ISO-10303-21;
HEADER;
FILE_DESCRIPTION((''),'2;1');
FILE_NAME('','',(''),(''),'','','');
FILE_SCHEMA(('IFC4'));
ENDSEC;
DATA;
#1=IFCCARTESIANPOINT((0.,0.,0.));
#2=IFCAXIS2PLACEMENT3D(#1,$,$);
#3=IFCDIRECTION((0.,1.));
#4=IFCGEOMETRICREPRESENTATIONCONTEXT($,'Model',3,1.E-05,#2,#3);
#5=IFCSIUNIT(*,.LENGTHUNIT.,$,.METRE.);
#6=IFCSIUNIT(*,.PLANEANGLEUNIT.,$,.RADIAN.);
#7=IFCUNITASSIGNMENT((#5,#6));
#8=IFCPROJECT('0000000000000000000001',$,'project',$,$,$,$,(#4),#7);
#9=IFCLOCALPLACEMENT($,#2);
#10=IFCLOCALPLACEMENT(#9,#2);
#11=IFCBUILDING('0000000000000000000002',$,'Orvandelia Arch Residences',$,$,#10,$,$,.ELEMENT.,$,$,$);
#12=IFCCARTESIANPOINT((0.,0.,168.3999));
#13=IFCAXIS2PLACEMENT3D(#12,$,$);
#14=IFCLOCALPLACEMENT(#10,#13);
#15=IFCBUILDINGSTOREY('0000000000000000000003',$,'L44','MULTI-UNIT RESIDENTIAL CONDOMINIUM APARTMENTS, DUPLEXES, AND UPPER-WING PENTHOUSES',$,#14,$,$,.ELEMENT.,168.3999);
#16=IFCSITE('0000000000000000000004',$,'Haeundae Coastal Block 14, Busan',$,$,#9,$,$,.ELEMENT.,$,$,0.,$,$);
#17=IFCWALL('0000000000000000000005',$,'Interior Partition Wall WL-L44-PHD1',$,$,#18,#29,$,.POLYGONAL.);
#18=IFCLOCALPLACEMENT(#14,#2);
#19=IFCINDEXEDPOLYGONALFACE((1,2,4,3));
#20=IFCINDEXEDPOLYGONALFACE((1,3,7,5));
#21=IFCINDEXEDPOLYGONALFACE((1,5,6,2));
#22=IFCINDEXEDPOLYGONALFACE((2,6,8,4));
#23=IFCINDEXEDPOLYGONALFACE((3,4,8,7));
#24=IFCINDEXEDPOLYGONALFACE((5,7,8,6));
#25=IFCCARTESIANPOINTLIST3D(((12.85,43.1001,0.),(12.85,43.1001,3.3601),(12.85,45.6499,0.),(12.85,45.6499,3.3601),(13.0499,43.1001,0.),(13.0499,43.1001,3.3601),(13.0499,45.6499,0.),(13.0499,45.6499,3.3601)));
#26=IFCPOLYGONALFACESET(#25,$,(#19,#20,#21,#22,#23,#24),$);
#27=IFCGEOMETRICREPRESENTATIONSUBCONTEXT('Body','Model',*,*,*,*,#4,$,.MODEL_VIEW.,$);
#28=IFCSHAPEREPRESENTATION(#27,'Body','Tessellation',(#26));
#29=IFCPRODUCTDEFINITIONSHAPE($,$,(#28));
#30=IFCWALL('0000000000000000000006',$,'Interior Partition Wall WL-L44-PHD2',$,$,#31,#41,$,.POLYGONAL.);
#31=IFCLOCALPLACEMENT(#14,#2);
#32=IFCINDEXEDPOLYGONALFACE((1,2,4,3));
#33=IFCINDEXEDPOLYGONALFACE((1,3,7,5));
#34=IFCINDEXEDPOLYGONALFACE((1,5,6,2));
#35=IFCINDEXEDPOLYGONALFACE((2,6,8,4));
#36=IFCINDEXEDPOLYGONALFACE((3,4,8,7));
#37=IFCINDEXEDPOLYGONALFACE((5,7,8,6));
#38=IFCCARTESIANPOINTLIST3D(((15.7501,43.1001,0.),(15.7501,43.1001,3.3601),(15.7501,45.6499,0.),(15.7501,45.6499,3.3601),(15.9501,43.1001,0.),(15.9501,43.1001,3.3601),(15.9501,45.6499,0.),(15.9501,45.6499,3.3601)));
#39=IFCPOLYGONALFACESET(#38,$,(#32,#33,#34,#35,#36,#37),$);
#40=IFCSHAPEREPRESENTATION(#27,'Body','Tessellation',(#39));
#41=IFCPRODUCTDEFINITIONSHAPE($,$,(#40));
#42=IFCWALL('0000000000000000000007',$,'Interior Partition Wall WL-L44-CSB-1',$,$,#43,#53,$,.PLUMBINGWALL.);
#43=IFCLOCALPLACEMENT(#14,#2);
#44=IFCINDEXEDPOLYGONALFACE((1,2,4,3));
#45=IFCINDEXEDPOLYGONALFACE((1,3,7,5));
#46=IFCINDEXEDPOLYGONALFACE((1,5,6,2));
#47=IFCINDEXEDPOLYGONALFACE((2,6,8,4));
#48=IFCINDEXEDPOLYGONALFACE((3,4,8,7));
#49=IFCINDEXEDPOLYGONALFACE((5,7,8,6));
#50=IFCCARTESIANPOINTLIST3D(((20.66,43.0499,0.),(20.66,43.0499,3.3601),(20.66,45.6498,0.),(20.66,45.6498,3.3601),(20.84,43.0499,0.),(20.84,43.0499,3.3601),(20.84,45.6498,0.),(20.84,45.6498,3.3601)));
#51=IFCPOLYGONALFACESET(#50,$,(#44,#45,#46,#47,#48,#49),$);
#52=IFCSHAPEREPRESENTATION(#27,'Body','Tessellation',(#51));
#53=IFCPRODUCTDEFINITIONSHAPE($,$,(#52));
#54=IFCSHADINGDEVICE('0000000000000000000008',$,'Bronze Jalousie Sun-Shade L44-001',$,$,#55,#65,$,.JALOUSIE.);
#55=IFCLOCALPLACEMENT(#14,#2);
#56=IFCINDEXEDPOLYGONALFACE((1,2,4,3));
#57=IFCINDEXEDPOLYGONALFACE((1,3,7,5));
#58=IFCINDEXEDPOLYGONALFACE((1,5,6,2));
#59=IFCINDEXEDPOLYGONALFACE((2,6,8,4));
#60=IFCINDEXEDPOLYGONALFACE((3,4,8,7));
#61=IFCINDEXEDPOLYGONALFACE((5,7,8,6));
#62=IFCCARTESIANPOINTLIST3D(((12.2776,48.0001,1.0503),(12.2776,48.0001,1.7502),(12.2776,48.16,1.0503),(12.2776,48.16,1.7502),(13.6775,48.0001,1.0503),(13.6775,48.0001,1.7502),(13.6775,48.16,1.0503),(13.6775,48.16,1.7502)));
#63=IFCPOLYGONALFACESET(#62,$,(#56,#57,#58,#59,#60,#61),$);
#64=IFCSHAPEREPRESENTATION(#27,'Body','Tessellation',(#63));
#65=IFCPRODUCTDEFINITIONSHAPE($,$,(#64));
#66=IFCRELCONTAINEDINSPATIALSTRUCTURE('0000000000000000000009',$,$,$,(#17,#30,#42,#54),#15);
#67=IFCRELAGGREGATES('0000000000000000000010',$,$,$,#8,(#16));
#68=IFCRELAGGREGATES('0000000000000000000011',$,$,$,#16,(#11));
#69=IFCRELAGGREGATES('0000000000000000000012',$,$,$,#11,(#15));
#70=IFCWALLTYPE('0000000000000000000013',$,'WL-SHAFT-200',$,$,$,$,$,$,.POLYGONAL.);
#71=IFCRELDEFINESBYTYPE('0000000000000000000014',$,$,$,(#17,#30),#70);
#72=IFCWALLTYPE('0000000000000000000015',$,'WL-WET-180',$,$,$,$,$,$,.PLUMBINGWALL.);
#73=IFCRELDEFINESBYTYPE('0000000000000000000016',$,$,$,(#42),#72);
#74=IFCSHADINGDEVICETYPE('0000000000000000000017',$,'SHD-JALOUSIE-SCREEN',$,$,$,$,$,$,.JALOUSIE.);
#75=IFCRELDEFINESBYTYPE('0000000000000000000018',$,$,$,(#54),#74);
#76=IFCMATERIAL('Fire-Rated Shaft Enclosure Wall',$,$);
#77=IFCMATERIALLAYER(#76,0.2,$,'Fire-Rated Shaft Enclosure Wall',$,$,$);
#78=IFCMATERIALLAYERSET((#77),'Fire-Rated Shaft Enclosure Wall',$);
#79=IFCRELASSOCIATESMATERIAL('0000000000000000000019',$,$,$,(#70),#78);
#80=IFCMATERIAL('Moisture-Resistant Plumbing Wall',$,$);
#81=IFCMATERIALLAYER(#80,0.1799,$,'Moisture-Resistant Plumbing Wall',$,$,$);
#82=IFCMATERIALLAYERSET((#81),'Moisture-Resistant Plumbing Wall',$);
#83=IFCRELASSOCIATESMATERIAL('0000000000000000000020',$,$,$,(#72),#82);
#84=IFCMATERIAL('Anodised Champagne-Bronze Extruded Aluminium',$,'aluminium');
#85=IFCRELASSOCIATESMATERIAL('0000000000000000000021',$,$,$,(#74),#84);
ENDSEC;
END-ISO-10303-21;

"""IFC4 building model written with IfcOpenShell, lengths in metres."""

from ifc_helpers import new_model, si_unit, direction, frame, frame_2d, origin, origin_2d, place, context, subcontext, project, spatial, rectangle, extrude, material, layer, layer_set, type_object, element, save


model = new_model("IFC4")

# Units and contexts
model_context = context("Model", 3, precision=1e-05, world=origin(), true_north=direction((0.0, 1.0)))
body_context = subcontext(model_context, "Body", "Model", "MODEL_VIEW")
ifc_project = project(units=[si_unit("LENGTHUNIT", "METRE"), si_unit("PLANEANGLEUNIT", "RADIAN")], contexts=[model_context])

# Site, building, storey
site_placement = place(None, origin())
site = spatial("IfcSite", under=ifc_project, at=site_placement, Name="Haeundae Coastal Block 14, Busan", CompositionType="ELEMENT", RefElevation=0.0)
building_placement = place(site_placement, origin())
building = spatial("IfcBuilding", under=site, at=building_placement, Name="Orvandelia Arch Residences", CompositionType="ELEMENT")
storey_placement = place(building_placement, frame((0.0, 0.0, 168.3999)))
storey = spatial("IfcBuildingStorey", under=building, at=storey_placement, Name="L44", Description="MULTI-UNIT RESIDENTIAL CONDOMINIUM APARTMENTS, DUPLEXES, AND UPPER-WING PENTHOUSES", CompositionType="ELEMENT", Elevation=168.3999)

# Shared definitions
ifc_material_1 = material(Name="Fire-Rated Shaft Enclosure Wall")
ifc_layer_1 = layer(ifc_material_1, 0.2, Name="Fire-Rated Shaft Enclosure Wall")
ifc_layer_set_1 = layer_set([ifc_layer_1], Name="Fire-Rated Shaft Enclosure Wall")
wall_type_1 = type_object("IfcWallType", Name="WL-SHAFT-200", PredefinedType="POLYGONAL", material=ifc_layer_set_1)

# Walls
for number, where, z_axis, x_axis, name in (
    (1, (12.95, 43.1001, 0.0), (0.0, 0.0, 1.0), (0.0, 1.0, 0.0), "Interior Partition Wall WL-L44-PHD1"),
    (2, (15.8501, 43.1001, 0.0), (0.0, 0.0, 1.0), (0.0, 1.0, 0.0), "Interior Partition Wall WL-L44-PHD2"),
):
    element("IfcWall", number, at=place(storey_placement, frame(where, z_axis=z_axis, x_axis=x_axis)), inside=storey, type_object=wall_type_1, Name=name, PredefinedType="POLYGONAL", context=body_context, shape_type="SweptSolid", body=[
        extrude(rectangle(XDim=2.5498, YDim=0.2, at=frame_2d((1.2749, 0.0))), origin(), (0.0, 0.0, 1.0), 3.3601),
    ])
ifc_material_2 = material(Name="Moisture-Resistant Plumbing Wall")
ifc_layer_2 = layer(ifc_material_2, 0.1799, Name="Moisture-Resistant Plumbing Wall")
ifc_layer_set_2 = layer_set([ifc_layer_2], Name="Moisture-Resistant Plumbing Wall")
wall_type_2 = type_object("IfcWallType", Name="WL-WET-180", PredefinedType="PLUMBINGWALL", material=ifc_layer_set_2)
wall_1_placement = place(storey_placement, frame((20.75, 43.05, 0.0), z_axis=(0.0, 0.0, 1.0), x_axis=(0.0, 1.0, 0.0)))
element("IfcWall", 3, at=wall_1_placement, inside=storey, type_object=wall_type_2, Name="Interior Partition Wall WL-L44-CSB-1", PredefinedType="PLUMBINGWALL", context=body_context, shape_type="SweptSolid", body=[
    extrude(rectangle(XDim=2.5999, YDim=0.1799, at=frame_2d((1.2998, 0.0))), origin(), (0.0, 0.0, 1.0), 3.3601),
])

# Shading device
ifc_material_3 = material(Name="Anodised Champagne-Bronze Extruded Aluminium", Category="aluminium")
shading_device_type = type_object("IfcShadingDeviceType", Name="SHD-JALOUSIE-SCREEN", PredefinedType="JALOUSIE", material=ifc_material_3)
shading_device_placement = place(storey_placement, frame((12.9775, 48.0801, 1.0503), z_axis=(0.0, 0.0, 1.0), x_axis=(1.0, 0.0, 0.0)))
element("IfcShadingDevice", 4, at=shading_device_placement, inside=storey, type_object=shading_device_type, Name="Bronze Jalousie Sun-Shade L44-001", PredefinedType="JALOUSIE", context=body_context, shape_type="SweptSolid", body=[
    extrude(rectangle(XDim=1.3999, YDim=0.1599, at=origin_2d()), origin(), (0.0, 0.0, 1.0), 0.7),
])

save(model, "model.ifc")
